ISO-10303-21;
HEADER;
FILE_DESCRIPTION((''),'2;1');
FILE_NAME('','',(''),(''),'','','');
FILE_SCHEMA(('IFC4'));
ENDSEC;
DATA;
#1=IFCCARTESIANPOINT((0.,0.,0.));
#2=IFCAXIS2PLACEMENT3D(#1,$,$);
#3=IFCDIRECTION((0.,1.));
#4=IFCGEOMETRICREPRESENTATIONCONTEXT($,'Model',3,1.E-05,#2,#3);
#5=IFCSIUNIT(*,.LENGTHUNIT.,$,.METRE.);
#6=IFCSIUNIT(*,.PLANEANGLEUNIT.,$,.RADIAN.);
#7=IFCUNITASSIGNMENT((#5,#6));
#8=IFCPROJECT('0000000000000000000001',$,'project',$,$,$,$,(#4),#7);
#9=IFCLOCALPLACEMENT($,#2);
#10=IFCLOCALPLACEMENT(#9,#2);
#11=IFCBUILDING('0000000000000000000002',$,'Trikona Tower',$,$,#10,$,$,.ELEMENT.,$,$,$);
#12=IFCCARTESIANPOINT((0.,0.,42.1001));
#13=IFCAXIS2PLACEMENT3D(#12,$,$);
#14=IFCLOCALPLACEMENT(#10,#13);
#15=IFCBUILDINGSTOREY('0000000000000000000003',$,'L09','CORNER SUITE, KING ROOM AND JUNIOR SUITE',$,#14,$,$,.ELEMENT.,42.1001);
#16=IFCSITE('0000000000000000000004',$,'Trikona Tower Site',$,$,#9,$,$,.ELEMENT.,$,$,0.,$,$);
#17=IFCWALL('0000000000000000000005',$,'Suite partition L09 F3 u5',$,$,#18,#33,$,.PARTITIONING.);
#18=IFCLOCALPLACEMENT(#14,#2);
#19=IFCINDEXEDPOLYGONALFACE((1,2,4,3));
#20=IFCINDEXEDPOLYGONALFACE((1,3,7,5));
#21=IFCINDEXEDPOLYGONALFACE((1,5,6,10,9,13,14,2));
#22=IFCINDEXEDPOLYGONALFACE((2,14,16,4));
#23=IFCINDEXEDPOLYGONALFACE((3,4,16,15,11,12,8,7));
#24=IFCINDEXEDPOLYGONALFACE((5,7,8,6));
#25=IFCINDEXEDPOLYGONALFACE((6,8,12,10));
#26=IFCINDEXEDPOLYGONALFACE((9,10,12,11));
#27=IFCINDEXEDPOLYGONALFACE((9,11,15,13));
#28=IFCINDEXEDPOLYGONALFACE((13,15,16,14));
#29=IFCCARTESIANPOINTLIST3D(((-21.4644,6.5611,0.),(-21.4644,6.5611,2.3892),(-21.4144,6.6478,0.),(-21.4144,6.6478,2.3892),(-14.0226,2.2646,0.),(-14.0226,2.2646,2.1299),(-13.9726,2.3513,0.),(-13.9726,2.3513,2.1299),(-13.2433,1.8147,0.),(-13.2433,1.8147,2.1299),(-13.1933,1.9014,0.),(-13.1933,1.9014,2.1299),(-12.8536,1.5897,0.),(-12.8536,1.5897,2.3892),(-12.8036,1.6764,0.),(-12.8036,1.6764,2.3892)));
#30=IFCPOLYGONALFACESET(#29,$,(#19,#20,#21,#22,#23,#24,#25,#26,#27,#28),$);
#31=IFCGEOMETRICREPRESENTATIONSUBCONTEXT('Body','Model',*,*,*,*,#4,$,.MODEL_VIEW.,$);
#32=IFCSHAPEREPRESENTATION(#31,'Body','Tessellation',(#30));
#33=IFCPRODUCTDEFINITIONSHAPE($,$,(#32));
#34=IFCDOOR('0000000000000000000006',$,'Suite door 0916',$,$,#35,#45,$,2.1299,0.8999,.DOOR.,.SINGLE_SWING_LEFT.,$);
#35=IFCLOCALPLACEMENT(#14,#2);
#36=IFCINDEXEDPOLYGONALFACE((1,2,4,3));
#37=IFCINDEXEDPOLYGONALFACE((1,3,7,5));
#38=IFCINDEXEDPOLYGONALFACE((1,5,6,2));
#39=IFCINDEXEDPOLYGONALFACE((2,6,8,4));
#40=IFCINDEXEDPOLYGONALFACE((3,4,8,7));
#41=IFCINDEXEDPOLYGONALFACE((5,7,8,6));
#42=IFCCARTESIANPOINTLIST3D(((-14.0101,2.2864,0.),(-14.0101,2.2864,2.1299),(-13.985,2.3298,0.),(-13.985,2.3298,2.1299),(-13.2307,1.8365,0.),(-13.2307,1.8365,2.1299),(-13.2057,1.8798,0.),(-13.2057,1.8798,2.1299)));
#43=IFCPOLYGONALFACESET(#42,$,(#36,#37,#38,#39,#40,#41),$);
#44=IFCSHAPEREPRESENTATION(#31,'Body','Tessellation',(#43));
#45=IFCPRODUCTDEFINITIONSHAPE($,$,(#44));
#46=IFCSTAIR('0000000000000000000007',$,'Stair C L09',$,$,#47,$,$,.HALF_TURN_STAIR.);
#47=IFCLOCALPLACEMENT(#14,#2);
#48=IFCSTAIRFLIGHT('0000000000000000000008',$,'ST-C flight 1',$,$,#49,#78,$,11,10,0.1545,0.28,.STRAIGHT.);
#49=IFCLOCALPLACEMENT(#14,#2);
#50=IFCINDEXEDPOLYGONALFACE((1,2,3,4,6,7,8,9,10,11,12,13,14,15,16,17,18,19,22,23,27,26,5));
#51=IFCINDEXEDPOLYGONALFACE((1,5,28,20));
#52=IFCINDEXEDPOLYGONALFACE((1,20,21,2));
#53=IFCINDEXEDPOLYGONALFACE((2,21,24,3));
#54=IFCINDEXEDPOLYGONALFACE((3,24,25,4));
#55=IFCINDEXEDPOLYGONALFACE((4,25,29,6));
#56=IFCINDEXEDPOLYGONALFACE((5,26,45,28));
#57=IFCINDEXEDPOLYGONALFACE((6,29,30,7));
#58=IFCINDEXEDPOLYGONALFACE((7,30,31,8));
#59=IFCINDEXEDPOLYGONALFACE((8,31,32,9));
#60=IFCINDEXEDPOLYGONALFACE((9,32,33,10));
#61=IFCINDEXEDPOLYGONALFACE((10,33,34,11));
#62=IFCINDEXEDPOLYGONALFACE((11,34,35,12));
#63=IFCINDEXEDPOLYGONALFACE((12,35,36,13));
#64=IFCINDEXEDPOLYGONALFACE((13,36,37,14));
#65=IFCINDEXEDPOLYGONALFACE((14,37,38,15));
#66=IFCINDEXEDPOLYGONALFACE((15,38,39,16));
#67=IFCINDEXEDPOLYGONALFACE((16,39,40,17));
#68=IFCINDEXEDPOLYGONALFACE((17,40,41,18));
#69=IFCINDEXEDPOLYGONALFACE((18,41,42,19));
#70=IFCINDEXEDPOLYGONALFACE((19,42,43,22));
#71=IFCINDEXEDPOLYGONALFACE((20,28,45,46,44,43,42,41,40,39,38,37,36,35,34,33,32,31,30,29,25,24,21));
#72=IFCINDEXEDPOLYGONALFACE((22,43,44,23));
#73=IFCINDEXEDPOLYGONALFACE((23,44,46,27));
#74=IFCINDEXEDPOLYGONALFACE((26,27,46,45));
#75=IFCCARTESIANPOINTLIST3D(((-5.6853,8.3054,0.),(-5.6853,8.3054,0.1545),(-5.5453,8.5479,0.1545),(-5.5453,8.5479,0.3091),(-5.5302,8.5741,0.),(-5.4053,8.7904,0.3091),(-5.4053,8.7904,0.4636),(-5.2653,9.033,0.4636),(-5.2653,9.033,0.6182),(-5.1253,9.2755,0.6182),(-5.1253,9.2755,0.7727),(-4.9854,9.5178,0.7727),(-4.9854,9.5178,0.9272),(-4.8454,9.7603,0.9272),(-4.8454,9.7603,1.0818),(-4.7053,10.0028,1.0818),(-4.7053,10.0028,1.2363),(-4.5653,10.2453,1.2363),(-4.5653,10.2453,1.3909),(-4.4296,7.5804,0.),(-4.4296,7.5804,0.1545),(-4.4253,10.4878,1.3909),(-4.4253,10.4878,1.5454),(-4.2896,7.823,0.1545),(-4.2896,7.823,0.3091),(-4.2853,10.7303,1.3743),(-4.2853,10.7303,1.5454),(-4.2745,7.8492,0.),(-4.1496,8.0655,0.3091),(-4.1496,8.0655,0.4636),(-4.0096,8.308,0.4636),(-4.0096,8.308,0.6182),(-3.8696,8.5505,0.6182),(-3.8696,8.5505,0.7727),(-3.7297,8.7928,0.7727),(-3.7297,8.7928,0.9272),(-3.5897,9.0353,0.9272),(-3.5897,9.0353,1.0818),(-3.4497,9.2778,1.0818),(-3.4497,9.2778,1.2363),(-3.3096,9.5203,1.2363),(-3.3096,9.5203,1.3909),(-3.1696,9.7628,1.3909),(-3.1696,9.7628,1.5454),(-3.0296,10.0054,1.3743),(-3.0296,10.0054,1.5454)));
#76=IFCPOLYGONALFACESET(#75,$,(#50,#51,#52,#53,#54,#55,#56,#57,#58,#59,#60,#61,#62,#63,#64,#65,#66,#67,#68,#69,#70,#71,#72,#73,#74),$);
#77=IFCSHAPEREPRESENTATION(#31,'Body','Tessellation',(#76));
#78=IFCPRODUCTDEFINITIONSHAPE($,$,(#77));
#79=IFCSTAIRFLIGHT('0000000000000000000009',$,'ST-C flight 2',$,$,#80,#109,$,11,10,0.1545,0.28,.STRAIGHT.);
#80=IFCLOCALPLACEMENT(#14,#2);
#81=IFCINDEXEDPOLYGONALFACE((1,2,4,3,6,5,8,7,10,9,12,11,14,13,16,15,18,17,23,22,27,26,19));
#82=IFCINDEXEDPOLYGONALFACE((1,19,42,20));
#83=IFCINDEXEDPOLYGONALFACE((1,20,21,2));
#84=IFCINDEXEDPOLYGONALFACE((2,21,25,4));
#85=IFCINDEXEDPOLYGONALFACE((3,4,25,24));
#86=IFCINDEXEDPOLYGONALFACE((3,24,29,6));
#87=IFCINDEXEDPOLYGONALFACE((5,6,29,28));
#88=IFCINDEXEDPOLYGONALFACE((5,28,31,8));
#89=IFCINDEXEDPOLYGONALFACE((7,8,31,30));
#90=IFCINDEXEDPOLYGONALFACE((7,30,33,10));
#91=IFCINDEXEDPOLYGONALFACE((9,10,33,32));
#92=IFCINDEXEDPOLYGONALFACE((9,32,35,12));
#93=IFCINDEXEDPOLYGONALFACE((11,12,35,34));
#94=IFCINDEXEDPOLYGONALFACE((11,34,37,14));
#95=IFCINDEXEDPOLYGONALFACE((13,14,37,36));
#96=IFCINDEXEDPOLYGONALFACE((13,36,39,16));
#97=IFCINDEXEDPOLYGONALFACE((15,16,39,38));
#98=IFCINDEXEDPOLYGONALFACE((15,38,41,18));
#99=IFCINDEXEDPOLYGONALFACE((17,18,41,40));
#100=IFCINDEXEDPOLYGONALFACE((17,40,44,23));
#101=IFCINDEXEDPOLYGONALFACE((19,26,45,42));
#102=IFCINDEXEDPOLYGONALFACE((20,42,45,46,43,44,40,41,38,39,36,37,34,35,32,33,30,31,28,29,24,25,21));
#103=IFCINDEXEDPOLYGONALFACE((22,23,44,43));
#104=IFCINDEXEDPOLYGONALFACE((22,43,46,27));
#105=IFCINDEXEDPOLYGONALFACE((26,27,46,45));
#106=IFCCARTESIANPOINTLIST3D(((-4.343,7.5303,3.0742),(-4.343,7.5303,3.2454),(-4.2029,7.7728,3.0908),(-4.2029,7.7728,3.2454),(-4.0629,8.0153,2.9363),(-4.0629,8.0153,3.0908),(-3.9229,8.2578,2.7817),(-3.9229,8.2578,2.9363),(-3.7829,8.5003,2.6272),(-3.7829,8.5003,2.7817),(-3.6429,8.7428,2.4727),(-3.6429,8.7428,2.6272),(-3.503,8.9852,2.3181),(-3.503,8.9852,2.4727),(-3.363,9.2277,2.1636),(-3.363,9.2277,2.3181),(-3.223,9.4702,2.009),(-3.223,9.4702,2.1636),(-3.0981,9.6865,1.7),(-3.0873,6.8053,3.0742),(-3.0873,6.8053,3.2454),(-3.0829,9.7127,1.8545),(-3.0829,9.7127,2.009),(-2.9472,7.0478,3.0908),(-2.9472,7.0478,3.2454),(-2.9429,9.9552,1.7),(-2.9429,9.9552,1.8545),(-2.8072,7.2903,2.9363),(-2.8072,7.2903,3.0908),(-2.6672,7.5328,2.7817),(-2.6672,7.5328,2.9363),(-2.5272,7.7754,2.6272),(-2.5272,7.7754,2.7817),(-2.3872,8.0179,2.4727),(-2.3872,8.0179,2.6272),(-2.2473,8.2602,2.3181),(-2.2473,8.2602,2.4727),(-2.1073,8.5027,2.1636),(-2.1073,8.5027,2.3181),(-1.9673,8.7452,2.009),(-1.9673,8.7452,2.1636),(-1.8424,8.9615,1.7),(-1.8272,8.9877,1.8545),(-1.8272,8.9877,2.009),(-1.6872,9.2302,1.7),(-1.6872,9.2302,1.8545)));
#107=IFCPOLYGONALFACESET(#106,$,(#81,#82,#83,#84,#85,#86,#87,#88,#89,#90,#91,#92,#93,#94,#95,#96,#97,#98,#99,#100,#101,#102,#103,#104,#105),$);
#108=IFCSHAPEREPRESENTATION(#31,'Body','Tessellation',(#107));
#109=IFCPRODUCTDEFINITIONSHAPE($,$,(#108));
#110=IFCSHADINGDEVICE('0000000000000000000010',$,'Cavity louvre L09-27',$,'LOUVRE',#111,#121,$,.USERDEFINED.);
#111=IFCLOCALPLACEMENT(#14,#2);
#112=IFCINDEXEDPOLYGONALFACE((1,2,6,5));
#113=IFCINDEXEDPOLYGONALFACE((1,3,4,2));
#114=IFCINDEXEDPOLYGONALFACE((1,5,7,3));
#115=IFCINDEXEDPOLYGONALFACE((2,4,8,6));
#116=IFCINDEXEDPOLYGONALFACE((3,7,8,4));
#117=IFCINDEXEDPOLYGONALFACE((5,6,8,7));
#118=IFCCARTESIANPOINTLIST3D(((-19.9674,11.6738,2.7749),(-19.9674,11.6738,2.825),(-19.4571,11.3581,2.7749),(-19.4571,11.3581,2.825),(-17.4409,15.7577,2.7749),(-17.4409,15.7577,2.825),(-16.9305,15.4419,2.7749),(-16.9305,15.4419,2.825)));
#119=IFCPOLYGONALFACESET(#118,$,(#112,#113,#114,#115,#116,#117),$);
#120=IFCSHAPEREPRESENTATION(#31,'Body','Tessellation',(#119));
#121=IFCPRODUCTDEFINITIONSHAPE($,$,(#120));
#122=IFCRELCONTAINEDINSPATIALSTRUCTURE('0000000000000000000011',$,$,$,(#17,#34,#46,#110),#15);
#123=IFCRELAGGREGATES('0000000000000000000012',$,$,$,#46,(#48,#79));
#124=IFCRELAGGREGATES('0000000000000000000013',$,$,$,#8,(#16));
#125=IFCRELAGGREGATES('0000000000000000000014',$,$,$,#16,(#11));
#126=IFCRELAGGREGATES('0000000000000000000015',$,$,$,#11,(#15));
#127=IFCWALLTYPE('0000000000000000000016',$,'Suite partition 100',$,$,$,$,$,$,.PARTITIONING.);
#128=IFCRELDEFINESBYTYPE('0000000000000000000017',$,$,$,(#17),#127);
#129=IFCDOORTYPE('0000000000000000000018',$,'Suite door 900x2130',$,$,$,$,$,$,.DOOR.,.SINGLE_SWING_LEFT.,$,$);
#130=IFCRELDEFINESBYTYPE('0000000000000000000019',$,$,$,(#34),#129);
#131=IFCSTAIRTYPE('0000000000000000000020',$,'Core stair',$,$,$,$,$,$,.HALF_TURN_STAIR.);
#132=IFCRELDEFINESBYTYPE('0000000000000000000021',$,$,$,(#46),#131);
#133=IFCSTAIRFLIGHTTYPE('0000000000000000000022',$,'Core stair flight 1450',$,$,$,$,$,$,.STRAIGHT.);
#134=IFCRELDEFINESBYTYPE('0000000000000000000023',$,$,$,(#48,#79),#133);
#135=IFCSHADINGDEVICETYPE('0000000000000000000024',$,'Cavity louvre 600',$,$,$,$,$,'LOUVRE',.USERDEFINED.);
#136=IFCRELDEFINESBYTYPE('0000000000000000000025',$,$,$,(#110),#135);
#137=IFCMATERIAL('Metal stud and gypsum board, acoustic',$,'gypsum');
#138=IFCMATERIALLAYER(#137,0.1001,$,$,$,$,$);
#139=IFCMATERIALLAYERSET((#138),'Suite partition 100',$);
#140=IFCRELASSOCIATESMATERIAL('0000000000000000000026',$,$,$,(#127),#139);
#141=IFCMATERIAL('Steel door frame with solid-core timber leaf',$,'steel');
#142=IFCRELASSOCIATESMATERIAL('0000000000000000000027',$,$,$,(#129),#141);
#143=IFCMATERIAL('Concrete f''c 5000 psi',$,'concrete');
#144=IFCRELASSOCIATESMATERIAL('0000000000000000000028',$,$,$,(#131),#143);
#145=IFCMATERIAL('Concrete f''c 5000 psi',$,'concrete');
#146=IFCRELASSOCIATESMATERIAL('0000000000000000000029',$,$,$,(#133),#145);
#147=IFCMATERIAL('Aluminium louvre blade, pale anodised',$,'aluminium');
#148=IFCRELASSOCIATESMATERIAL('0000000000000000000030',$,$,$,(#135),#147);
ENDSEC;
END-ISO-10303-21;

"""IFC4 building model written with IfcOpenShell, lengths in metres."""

from ifc_helpers import new_model, si_unit, direction, frame, frame_2d, origin, origin_2d, place, context, subcontext, project, spatial, polyline, rectangle, outline, extrude, material, layer, layer_set, type_object, element, fill, aggregate, save


model = new_model("IFC4")

# Units and contexts
model_context = context("Model", 3, precision=1e-05, world=origin(), true_north=direction((0.0, 1.0)))
body_context = subcontext(model_context, "Body", "Model", "MODEL_VIEW")
ifc_project = project(units=[si_unit("LENGTHUNIT", "METRE"), si_unit("PLANEANGLEUNIT", "RADIAN")], contexts=[model_context])

# Site, building, storey
site_placement = place(None, origin())
site = spatial("IfcSite", under=ifc_project, at=site_placement, Name="Trikona Tower Site", CompositionType="ELEMENT", RefElevation=0.0)
building_placement = place(site_placement, origin())
building = spatial("IfcBuilding", under=site, at=building_placement, Name="Trikona Tower", CompositionType="ELEMENT")
storey_placement = place(building_placement, frame((0.0, 0.0, 42.1001)))
storey = spatial("IfcBuildingStorey", under=building, at=storey_placement, Name="L09", Description="CORNER SUITE, KING ROOM AND JUNIOR SUITE", CompositionType="ELEMENT", Elevation=42.1001)

# Wall, opening, door
ifc_material_1 = material(Name="Metal stud and gypsum board, acoustic", Category="gypsum")
ifc_layer_1 = layer(ifc_material_1, 0.1001)
ifc_layer_set_1 = layer_set([ifc_layer_1], Name="Suite partition 100")
wall_type_1 = type_object("IfcWallType", Name="Suite partition 100", PredefinedType="PARTITIONING", material=ifc_layer_set_1)
ifc_material_2 = material(Name="Steel door frame with solid-core timber leaf", Category="steel")
door_type_1 = type_object("IfcDoorType", Name="Suite door 900x2130", OperationType="SINGLE_SWING_LEFT", PredefinedType="DOOR", material=ifc_material_2)
wall_1_placement = place(storey_placement, frame((-12.8286, 1.6331, 0.0), z_axis=(0.0, 0.0, 1.0), x_axis=(-0.866027, 0.499997, 0.0)))
wall_1 = element("IfcWall", 1, at=wall_1_placement, inside=storey, type_object=wall_type_1, Name="Suite partition L09 F3 u5", PredefinedType="PARTITIONING", context=body_context, shape_type="SweptSolid", body=[
    extrude(rectangle(XDim=9.9429, YDim=0.1001, at=frame_2d((4.9714, 0.0))), origin(), (0.0, 0.0, 1.0), 2.3892),
])
opening_1_placement = place(wall_1_placement, frame((0.45, 0.0, 0.0)))
opening_1 = element("IfcOpeningElement", 2, at=opening_1_placement, cuts=wall_1, PredefinedType="OPENING", context=body_context, shape_type="SweptSolid", body=[
    extrude(rectangle(XDim=0.8999, YDim=2.1299, at=frame_2d((0.45, 1.0649))), frame((0.0, 0.0601, 0.0), z_axis=(0.0, -1.0, 0.0), x_axis=(1.0, 0.0, 0.0)), (0.0, 0.0, 1.0), 0.1201),
])
door_1_placement = place(opening_1_placement, origin())
door_1 = element("IfcDoor", 3, at=door_1_placement, inside=storey, type_object=door_type_1, Name="Suite door 0916", OperationType="SINGLE_SWING_LEFT", OverallHeight=2.1299, OverallWidth=0.8999, PredefinedType="DOOR", context=body_context, shape_type="SweptSolid", body=[
    extrude(rectangle(XDim=0.8999, YDim=2.1299, at=frame_2d((0.45, 1.0649))), frame((0.0, 0.0249, 0.0), z_axis=(0.0, -1.0, 0.0), x_axis=(1.0, 0.0, 0.0)), (0.0, 0.0, 1.0), 0.05),
])
fill(opening_1, door_1)

# Stair, stair flights
ifc_material_3 = material(Name="Concrete f'c 5000 psi", Category="concrete")
stair_type = type_object("IfcStairType", Name="Core stair", PredefinedType="HALF_TURN_STAIR", material=ifc_material_3)
stair_placement = place(storey_placement, origin())
stair = element("IfcStair", 4, at=stair_placement, inside=storey, type_object=stair_type, Name="Stair C L09", PredefinedType="HALF_TURN_STAIR")
ifc_material_4 = material(Name="Concrete f'c 5000 psi", Category="concrete")
stair_flight_type = type_object("IfcStairFlightType", Name="Core stair flight 1450", PredefinedType="STRAIGHT", material=ifc_material_4)
stair_flight_1_placement = place(storey_placement, frame((-5.0574, 7.9429, 0.0), z_axis=(0.0, 0.0, 1.0), x_axis=(0.5, 0.866025, 0.0)))
stair_flight_1 = element("IfcStairFlight", 5, at=stair_flight_1_placement, type_object=stair_flight_type, Name="ST-C flight 1", NumberOfRisers=11, NumberOfTreads=10, PredefinedType="STRAIGHT", RiserHeight=0.1545, TreadLength=0.28, context=body_context, shape_type="SweptSolid", body=[
    extrude(outline(polyline([(0.0, 0.0), (0.0, 0.1545), (0.28, 0.1545), (0.28, 0.3091), (0.5601, 0.3091), (0.5601, 0.4636), (0.8401, 0.4636), (0.8401, 0.6182), (1.1201, 0.6182), (1.1201, 0.7727), (1.3999, 0.7727), (1.3999, 0.9272), (1.6799, 0.9272), (1.6799, 1.0818), (1.96, 1.0818), (1.96, 1.2363), (2.24, 1.2363), (2.24, 1.3909), (2.52, 1.3909), (2.52, 1.5454), (2.8, 1.5454), (2.8, 1.7), (2.8, 1.3743), (0.3103, 0.0), (0.0, 0.0)])), frame((0.0, 0.7251, 0.0), z_axis=(0.0, -1.0, 0.0), x_axis=(1.0, 0.0, 0.0)), (0.0, 0.0, 1.0), 1.45),
])
stair_flight_2_placement = place(storey_placement, frame((-2.3152, 9.5928, 1.7), z_axis=(0.0, 0.0, 1.0), x_axis=(-0.5, -0.866025, 0.0)))
stair_flight_2 = element("IfcStairFlight", 6, at=stair_flight_2_placement, type_object=stair_flight_type, Name="ST-C flight 2", NumberOfRisers=11, NumberOfTreads=10, PredefinedType="STRAIGHT", RiserHeight=0.1545, TreadLength=0.28, context=body_context, shape_type="SweptSolid", body=[
    extrude(outline(polyline([(0.0, 0.0), (0.0, 0.1545), (0.28, 0.1545), (0.28, 0.3091), (0.5601, 0.3091), (0.5601, 0.4636), (0.8401, 0.4636), (0.8401, 0.6182), (1.1201, 0.6182), (1.1201, 0.7727), (1.3999, 0.7727), (1.3999, 0.9272), (1.6799, 0.9272), (1.6799, 1.0818), (1.96, 1.0818), (1.96, 1.2363), (2.24, 1.2363), (2.24, 1.3909), (2.52, 1.3909), (2.52, 1.5454), (2.8, 1.5454), (2.8, 1.7), (2.8, 1.3743), (0.3103, 0.0), (0.0, 0.0)])), frame((0.0, 0.7251, 0.0), z_axis=(0.0, -1.0, 0.0), x_axis=(1.0, 0.0, 0.0)), (0.0, 0.0, 1.0), 1.45),
])
aggregate(stair, [stair_flight_1, stair_flight_2])

# Shading device
ifc_material_5 = material(Name="Aluminium louvre blade, pale anodised", Category="aluminium")
shading_device_type = type_object("IfcShadingDeviceType", Name="Cavity louvre 600", ElementType="LOUVRE", PredefinedType="USERDEFINED", material=ifc_material_5)
shading_device_placement = place(storey_placement, frame((-18.449, 13.5579, 2.7749), z_axis=(0.0, 0.0, 1.0), x_axis=(-0.526119, -0.850411, 0.0)))
element("IfcShadingDevice", 7, at=shading_device_placement, inside=storey, type_object=shading_device_type, Name="Cavity louvre L09-27", ObjectType="LOUVRE", PredefinedType="USERDEFINED", context=body_context, shape_type="SweptSolid", body=[
    extrude(rectangle(XDim=4.8022, YDim=0.6001, at=origin_2d()), origin(), (0.0, 0.0, 1.0), 0.05),
])

save(model, "model.ifc")
